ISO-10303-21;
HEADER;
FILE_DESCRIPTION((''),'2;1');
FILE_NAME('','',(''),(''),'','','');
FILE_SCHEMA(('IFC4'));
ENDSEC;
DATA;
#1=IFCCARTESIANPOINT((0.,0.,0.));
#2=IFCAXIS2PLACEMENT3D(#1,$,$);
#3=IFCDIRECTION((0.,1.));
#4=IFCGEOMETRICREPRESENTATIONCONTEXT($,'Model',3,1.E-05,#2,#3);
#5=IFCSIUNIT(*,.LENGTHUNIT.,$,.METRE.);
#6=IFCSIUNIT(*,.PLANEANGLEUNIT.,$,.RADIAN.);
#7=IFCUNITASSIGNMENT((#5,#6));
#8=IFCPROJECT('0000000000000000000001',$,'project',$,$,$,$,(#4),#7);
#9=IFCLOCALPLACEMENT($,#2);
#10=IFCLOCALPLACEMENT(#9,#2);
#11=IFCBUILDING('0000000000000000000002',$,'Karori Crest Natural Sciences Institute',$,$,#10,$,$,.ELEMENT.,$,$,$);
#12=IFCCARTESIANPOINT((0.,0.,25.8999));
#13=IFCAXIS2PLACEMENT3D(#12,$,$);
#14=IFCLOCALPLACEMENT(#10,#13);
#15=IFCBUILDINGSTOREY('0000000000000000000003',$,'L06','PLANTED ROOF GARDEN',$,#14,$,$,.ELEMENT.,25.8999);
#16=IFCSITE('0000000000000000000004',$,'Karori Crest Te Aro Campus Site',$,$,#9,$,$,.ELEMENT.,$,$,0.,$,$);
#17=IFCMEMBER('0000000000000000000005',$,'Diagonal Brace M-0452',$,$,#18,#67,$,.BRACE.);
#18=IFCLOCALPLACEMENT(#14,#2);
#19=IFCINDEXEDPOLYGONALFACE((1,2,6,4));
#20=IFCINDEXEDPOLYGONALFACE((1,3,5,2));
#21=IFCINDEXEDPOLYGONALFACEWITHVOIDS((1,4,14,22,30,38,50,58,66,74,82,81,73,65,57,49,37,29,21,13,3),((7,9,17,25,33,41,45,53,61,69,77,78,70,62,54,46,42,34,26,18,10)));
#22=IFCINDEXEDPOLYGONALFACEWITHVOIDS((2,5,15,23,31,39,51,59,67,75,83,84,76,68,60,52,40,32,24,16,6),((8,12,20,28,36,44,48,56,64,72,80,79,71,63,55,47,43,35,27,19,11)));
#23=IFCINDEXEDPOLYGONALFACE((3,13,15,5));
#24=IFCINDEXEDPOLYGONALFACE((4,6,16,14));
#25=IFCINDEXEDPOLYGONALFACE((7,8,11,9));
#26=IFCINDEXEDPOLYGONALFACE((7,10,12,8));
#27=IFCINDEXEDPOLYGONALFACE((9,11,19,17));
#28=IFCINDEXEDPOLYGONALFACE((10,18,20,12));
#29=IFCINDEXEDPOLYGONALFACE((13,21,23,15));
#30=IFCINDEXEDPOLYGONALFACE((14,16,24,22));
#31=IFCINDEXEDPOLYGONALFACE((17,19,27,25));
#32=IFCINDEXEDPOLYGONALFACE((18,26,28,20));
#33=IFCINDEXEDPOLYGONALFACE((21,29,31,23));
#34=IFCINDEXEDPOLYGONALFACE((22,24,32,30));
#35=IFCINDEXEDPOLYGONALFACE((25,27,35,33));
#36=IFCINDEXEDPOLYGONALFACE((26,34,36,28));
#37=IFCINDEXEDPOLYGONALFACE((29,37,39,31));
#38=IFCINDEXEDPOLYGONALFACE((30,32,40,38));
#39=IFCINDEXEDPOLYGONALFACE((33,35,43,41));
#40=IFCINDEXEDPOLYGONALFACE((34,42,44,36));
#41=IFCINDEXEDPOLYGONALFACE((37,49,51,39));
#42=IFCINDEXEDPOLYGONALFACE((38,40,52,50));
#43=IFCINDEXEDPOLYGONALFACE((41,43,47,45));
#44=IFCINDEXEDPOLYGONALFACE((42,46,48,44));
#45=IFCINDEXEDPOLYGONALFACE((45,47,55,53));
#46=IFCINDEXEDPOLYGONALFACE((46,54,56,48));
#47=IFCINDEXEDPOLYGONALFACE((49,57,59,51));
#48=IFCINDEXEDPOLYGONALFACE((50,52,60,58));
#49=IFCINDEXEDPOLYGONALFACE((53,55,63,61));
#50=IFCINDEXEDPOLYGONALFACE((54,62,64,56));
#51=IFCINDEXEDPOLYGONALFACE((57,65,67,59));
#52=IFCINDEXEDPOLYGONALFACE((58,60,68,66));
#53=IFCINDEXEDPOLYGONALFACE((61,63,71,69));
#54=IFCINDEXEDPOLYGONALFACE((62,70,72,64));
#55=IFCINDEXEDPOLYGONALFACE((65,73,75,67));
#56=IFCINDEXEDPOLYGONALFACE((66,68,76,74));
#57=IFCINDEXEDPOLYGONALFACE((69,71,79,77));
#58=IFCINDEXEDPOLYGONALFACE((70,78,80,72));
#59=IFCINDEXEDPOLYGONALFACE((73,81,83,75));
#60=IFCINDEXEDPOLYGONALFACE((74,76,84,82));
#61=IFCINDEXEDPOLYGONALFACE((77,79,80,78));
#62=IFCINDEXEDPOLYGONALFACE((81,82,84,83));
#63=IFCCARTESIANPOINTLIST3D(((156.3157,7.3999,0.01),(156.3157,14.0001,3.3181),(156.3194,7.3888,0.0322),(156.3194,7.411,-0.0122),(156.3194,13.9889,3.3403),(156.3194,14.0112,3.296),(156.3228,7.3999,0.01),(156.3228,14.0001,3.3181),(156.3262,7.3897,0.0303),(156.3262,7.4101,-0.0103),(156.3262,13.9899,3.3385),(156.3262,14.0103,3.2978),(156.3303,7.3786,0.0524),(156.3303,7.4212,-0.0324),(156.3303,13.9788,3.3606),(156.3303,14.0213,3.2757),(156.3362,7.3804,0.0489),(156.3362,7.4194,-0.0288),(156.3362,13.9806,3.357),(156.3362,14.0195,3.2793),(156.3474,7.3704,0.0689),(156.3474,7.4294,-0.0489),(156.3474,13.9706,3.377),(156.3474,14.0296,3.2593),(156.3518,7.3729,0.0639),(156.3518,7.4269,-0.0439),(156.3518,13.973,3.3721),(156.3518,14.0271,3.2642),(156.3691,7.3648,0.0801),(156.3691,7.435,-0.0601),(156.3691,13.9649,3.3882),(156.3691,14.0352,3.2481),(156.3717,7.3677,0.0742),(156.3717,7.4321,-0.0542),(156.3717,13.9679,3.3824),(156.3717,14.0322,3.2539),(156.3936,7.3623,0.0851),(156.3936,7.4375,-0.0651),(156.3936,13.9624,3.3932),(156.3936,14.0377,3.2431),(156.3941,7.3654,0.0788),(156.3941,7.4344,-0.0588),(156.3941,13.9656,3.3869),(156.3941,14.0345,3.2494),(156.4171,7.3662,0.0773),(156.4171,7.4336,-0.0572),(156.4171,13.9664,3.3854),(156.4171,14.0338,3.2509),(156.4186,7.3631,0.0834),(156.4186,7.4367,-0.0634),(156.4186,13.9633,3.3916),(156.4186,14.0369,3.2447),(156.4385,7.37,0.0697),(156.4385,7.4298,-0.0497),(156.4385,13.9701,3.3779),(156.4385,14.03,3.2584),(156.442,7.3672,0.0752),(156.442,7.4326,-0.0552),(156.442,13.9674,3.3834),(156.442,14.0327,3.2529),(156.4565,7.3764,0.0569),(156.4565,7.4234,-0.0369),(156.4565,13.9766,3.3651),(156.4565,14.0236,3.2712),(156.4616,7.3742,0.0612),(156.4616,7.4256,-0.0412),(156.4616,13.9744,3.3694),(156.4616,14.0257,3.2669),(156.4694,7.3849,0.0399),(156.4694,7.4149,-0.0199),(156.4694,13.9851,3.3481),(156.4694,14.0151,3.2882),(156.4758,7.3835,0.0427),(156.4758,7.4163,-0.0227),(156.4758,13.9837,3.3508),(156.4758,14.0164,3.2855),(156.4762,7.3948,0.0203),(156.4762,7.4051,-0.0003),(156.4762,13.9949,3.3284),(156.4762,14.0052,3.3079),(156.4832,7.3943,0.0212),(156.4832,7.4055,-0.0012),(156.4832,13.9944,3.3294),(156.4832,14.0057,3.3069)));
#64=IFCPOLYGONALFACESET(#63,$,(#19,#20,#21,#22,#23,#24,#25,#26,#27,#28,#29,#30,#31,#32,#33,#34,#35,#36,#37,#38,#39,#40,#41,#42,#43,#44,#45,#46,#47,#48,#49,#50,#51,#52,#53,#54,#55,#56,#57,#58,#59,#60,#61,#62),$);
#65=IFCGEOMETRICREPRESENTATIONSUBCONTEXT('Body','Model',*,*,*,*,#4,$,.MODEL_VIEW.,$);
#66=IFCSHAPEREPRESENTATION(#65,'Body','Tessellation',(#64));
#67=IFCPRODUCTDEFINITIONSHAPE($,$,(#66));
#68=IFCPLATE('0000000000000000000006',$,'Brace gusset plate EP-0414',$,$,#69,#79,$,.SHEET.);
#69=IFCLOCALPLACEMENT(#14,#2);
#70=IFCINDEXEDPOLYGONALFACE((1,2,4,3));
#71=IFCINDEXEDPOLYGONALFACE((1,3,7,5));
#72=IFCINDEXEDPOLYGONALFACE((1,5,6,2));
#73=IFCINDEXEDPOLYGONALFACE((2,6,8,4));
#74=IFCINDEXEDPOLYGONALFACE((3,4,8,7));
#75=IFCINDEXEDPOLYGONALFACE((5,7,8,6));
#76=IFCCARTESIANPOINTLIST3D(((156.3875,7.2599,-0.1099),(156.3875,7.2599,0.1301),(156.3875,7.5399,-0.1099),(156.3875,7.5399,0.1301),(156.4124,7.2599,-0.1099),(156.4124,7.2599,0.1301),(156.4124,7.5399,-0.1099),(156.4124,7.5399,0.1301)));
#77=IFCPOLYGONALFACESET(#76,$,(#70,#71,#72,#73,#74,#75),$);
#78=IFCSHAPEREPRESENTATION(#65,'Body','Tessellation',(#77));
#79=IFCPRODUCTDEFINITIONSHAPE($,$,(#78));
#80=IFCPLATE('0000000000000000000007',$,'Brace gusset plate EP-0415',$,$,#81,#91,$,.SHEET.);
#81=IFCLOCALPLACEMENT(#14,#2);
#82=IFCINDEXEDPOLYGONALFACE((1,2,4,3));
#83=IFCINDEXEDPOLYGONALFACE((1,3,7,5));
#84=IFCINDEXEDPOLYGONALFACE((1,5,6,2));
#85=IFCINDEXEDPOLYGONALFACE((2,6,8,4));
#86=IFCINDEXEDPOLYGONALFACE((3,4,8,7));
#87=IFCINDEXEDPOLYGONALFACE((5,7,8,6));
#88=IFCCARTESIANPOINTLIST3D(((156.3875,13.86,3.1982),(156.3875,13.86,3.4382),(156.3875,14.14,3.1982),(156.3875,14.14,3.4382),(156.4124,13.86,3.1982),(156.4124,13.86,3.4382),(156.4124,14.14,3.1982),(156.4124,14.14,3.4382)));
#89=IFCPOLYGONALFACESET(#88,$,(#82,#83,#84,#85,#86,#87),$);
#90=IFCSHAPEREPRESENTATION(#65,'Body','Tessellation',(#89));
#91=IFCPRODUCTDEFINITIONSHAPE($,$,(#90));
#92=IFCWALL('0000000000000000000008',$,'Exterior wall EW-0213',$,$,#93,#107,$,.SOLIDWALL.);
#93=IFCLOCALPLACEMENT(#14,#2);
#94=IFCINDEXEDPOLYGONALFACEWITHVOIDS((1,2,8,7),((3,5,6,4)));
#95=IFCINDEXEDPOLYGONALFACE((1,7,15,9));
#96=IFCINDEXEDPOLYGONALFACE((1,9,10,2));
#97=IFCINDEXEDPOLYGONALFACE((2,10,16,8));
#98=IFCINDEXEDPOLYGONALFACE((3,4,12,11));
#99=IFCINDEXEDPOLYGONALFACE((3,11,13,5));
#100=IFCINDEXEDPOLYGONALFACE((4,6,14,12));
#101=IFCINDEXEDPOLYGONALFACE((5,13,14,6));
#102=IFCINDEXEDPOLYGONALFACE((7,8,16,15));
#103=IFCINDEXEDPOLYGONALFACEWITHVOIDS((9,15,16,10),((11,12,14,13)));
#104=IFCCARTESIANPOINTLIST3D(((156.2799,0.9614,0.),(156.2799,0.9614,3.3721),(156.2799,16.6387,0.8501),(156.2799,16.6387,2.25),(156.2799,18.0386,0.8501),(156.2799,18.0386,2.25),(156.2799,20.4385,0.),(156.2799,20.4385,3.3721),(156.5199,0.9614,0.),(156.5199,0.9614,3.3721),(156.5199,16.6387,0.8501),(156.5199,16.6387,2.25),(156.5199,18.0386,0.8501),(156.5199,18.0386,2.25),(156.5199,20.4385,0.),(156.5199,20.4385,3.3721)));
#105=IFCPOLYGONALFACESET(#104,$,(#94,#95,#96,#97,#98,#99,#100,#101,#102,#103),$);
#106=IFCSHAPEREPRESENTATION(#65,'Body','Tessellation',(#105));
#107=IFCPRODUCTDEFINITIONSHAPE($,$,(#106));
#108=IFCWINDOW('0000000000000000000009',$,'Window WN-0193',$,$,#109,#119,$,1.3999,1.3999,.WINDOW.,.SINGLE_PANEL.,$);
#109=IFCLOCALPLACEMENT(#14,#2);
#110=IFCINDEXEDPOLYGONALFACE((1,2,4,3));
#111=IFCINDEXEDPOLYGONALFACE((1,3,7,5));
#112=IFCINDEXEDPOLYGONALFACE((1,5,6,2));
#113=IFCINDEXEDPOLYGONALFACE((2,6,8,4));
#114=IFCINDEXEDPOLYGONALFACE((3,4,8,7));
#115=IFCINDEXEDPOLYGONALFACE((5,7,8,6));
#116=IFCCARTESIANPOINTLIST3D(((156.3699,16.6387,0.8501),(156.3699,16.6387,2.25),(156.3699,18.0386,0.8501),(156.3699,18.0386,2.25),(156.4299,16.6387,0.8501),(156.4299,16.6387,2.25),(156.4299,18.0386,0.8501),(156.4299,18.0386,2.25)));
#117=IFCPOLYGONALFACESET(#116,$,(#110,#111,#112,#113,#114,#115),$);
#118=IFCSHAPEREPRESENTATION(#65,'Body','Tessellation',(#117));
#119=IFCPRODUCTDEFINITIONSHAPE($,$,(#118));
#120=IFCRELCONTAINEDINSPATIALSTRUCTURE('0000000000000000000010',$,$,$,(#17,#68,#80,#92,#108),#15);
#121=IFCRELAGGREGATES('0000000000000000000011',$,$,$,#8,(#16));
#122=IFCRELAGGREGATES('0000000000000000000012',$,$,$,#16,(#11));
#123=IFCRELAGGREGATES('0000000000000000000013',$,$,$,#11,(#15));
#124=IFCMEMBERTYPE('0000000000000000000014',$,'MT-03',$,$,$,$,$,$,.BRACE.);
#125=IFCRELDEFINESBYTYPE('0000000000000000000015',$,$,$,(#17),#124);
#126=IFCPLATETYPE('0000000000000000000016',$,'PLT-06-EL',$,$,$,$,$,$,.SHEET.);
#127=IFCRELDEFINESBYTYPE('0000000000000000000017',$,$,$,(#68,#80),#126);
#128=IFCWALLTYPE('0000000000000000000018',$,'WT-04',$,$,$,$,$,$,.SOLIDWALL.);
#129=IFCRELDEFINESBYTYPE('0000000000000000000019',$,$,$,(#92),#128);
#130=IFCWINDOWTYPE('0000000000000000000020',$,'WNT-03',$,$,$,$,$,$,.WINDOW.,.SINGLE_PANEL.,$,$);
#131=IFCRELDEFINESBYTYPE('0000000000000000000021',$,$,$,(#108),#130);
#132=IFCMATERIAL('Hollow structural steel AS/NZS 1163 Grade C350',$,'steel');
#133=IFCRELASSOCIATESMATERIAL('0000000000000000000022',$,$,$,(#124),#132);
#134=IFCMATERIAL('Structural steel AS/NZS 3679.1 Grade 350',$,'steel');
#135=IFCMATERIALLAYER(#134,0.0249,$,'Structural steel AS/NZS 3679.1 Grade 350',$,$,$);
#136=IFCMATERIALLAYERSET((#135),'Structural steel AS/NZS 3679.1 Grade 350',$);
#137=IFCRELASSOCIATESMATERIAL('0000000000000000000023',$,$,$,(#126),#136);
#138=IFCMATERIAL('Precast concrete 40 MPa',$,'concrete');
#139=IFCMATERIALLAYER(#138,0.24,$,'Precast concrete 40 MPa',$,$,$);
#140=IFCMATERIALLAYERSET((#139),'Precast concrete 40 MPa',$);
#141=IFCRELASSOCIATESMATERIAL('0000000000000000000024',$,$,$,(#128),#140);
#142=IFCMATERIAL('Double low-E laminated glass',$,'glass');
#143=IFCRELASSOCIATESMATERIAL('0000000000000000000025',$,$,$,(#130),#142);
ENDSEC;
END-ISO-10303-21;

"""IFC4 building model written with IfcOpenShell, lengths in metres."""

from ifc_helpers import new_model, si_unit, direction, frame, frame_2d, origin, origin_2d, place, context, subcontext, project, spatial, rectangle, hollow_circle, extrude, material, layer, layer_set, material_profile, profile_set, type_object, element, fill, save


model = new_model("IFC4")

# Units and contexts
model_context = context("Model", 3, precision=1e-05, world=origin(), true_north=direction((0.0, 1.0)))
body_context = subcontext(model_context, "Body", "Model", "MODEL_VIEW")
ifc_project = project(units=[si_unit("LENGTHUNIT", "METRE"), si_unit("PLANEANGLEUNIT", "RADIAN")], contexts=[model_context])

# Site, building, storey
site_placement = place(None, origin())
site = spatial("IfcSite", under=ifc_project, at=site_placement, Name="Karori Crest Te Aro Campus Site", CompositionType="ELEMENT", RefElevation=0.0)
building_placement = place(site_placement, origin())
building = spatial("IfcBuilding", under=site, at=building_placement, Name="Karori Crest Natural Sciences Institute", CompositionType="ELEMENT")
storey_placement = place(building_placement, frame((0.0, 0.0, 25.8999)))
storey = spatial("IfcBuildingStorey", under=building, at=storey_placement, Name="L06", Description="PLANTED ROOF GARDEN", CompositionType="ELEMENT", Elevation=25.8999)

# Shared definitions
ifc_material_1 = material(Name="Structural steel AS/NZS 3679.1 Grade 350", Category="steel")

# Member
ifc_material_2 = material(Name="Hollow structural steel AS/NZS 1163 Grade C350", Category="steel")
ifc_material_profile_1 = material_profile(ifc_material_2, hollow_circle(Radius=0.0842, WallThickness=0.0071, at=origin_2d()), Name="CHS168.3x7.1")
ifc_profile_set_1 = profile_set([ifc_material_profile_1], Name="Hollow structural steel AS/NZS 1163 Grade C350")
member_type_1 = type_object("IfcMemberType", Name="MT-03", PredefinedType="BRACE", material=ifc_profile_set_1)
member_1_placement = place(storey_placement, frame((156.3999, 7.3999, 0.01), z_axis=(0.0, 0.89399, 0.448086), x_axis=(-1.0, 0.0, 0.0)))
element("IfcMember", 1, at=member_1_placement, inside=storey, type_object=member_type_1, Name="Diagonal Brace M-0452", PredefinedType="BRACE", context=body_context, shape_type="SweptSolid", body=[
    extrude(hollow_circle(Radius=0.0842, WallThickness=0.0071, at=origin_2d()), origin(), (0.0, 0.0, 1.0), 7.3828),
])

# Plates
ifc_layer_1 = layer(ifc_material_1, 0.0249, Name="Structural steel AS/NZS 3679.1 Grade 350")
ifc_layer_set_1 = layer_set([ifc_layer_1], Name="Structural steel AS/NZS 3679.1 Grade 350")
plate_type = type_object("IfcPlateType", Name="PLT-06-EL", PredefinedType="SHEET", material=ifc_layer_set_1)
for number, where, z_axis, x_axis, name in (
    (2, (156.3999, 7.3999, -0.1099), (0.0, 0.0, 1.0), (0.0, 1.0, 0.0), "Brace gusset plate EP-0414"),
    (3, (156.3999, 14.0, 3.1982), (0.0, 0.0, 1.0), (0.0, 1.0, 0.0), "Brace gusset plate EP-0415"),
):
    element("IfcPlate", number, at=place(storey_placement, frame(where, z_axis=z_axis, x_axis=x_axis)), inside=storey, type_object=plate_type, Name=name, PredefinedType="SHEET", context=body_context, shape_type="SweptSolid", body=[
        extrude(rectangle(XDim=0.28, YDim=0.0249, at=origin_2d()), origin(), (0.0, 0.0, 1.0), 0.24),
    ])

# Wall, opening, window
ifc_material_3 = material(Name="Precast concrete 40 MPa", Category="concrete")
ifc_layer_2 = layer(ifc_material_3, 0.24, Name="Precast concrete 40 MPa")
ifc_layer_set_2 = layer_set([ifc_layer_2], Name="Precast concrete 40 MPa")
wall_type = type_object("IfcWallType", Name="WT-04", PredefinedType="SOLIDWALL", material=ifc_layer_set_2)
wall_placement = place(storey_placement, frame((156.3999, 20.4385, 0.0), z_axis=(0.0, 0.0, 1.0), x_axis=(0.0, -1.0, 0.0)))
wall = element("IfcWall", 4, at=wall_placement, inside=storey, type_object=wall_type, Name="Exterior wall EW-0213", PredefinedType="SOLIDWALL", context=body_context, shape_type="SweptSolid", body=[
    extrude(rectangle(XDim=19.4771, YDim=0.24, at=frame_2d((9.7385, 0.0))), origin(), (0.0, 0.0, 1.0), 3.3721),
])
opening_placement = place(wall_placement, frame((2.3999, 0.0, 0.8501)))
opening = element("IfcOpeningElement", 5, at=opening_placement, cuts=wall, PredefinedType="OPENING", context=body_context, shape_type="SweptSolid", body=[
    extrude(rectangle(XDim=1.3999, YDim=1.3999, at=frame_2d((0.7, 0.7))), frame((0.0, 0.1299, 0.0), z_axis=(0.0, -1.0, 0.0), x_axis=(1.0, 0.0, 0.0)), (0.0, 0.0, 1.0), 0.26),
])
ifc_material_4 = material(Name="Double low-E laminated glass", Category="glass")
window_type = type_object("IfcWindowType", Name="WNT-03", PartitioningType="SINGLE_PANEL", PredefinedType="WINDOW", material=ifc_material_4)
window_placement = place(opening_placement, origin())
window = element("IfcWindow", 6, at=window_placement, inside=storey, type_object=window_type, Name="Window WN-0193", OverallHeight=1.3999, OverallWidth=1.3999, PartitioningType="SINGLE_PANEL", PredefinedType="WINDOW", context=body_context, shape_type="SweptSolid", body=[
    extrude(rectangle(XDim=1.3999, YDim=1.3999, at=frame_2d((0.7, 0.7))), frame((0.0, 0.03, 0.0), z_axis=(0.0, -1.0, 0.0), x_axis=(1.0, 0.0, 0.0)), (0.0, 0.0, 1.0), 0.0601),
])
fill(opening, window)

save(model, "model.ifc")
